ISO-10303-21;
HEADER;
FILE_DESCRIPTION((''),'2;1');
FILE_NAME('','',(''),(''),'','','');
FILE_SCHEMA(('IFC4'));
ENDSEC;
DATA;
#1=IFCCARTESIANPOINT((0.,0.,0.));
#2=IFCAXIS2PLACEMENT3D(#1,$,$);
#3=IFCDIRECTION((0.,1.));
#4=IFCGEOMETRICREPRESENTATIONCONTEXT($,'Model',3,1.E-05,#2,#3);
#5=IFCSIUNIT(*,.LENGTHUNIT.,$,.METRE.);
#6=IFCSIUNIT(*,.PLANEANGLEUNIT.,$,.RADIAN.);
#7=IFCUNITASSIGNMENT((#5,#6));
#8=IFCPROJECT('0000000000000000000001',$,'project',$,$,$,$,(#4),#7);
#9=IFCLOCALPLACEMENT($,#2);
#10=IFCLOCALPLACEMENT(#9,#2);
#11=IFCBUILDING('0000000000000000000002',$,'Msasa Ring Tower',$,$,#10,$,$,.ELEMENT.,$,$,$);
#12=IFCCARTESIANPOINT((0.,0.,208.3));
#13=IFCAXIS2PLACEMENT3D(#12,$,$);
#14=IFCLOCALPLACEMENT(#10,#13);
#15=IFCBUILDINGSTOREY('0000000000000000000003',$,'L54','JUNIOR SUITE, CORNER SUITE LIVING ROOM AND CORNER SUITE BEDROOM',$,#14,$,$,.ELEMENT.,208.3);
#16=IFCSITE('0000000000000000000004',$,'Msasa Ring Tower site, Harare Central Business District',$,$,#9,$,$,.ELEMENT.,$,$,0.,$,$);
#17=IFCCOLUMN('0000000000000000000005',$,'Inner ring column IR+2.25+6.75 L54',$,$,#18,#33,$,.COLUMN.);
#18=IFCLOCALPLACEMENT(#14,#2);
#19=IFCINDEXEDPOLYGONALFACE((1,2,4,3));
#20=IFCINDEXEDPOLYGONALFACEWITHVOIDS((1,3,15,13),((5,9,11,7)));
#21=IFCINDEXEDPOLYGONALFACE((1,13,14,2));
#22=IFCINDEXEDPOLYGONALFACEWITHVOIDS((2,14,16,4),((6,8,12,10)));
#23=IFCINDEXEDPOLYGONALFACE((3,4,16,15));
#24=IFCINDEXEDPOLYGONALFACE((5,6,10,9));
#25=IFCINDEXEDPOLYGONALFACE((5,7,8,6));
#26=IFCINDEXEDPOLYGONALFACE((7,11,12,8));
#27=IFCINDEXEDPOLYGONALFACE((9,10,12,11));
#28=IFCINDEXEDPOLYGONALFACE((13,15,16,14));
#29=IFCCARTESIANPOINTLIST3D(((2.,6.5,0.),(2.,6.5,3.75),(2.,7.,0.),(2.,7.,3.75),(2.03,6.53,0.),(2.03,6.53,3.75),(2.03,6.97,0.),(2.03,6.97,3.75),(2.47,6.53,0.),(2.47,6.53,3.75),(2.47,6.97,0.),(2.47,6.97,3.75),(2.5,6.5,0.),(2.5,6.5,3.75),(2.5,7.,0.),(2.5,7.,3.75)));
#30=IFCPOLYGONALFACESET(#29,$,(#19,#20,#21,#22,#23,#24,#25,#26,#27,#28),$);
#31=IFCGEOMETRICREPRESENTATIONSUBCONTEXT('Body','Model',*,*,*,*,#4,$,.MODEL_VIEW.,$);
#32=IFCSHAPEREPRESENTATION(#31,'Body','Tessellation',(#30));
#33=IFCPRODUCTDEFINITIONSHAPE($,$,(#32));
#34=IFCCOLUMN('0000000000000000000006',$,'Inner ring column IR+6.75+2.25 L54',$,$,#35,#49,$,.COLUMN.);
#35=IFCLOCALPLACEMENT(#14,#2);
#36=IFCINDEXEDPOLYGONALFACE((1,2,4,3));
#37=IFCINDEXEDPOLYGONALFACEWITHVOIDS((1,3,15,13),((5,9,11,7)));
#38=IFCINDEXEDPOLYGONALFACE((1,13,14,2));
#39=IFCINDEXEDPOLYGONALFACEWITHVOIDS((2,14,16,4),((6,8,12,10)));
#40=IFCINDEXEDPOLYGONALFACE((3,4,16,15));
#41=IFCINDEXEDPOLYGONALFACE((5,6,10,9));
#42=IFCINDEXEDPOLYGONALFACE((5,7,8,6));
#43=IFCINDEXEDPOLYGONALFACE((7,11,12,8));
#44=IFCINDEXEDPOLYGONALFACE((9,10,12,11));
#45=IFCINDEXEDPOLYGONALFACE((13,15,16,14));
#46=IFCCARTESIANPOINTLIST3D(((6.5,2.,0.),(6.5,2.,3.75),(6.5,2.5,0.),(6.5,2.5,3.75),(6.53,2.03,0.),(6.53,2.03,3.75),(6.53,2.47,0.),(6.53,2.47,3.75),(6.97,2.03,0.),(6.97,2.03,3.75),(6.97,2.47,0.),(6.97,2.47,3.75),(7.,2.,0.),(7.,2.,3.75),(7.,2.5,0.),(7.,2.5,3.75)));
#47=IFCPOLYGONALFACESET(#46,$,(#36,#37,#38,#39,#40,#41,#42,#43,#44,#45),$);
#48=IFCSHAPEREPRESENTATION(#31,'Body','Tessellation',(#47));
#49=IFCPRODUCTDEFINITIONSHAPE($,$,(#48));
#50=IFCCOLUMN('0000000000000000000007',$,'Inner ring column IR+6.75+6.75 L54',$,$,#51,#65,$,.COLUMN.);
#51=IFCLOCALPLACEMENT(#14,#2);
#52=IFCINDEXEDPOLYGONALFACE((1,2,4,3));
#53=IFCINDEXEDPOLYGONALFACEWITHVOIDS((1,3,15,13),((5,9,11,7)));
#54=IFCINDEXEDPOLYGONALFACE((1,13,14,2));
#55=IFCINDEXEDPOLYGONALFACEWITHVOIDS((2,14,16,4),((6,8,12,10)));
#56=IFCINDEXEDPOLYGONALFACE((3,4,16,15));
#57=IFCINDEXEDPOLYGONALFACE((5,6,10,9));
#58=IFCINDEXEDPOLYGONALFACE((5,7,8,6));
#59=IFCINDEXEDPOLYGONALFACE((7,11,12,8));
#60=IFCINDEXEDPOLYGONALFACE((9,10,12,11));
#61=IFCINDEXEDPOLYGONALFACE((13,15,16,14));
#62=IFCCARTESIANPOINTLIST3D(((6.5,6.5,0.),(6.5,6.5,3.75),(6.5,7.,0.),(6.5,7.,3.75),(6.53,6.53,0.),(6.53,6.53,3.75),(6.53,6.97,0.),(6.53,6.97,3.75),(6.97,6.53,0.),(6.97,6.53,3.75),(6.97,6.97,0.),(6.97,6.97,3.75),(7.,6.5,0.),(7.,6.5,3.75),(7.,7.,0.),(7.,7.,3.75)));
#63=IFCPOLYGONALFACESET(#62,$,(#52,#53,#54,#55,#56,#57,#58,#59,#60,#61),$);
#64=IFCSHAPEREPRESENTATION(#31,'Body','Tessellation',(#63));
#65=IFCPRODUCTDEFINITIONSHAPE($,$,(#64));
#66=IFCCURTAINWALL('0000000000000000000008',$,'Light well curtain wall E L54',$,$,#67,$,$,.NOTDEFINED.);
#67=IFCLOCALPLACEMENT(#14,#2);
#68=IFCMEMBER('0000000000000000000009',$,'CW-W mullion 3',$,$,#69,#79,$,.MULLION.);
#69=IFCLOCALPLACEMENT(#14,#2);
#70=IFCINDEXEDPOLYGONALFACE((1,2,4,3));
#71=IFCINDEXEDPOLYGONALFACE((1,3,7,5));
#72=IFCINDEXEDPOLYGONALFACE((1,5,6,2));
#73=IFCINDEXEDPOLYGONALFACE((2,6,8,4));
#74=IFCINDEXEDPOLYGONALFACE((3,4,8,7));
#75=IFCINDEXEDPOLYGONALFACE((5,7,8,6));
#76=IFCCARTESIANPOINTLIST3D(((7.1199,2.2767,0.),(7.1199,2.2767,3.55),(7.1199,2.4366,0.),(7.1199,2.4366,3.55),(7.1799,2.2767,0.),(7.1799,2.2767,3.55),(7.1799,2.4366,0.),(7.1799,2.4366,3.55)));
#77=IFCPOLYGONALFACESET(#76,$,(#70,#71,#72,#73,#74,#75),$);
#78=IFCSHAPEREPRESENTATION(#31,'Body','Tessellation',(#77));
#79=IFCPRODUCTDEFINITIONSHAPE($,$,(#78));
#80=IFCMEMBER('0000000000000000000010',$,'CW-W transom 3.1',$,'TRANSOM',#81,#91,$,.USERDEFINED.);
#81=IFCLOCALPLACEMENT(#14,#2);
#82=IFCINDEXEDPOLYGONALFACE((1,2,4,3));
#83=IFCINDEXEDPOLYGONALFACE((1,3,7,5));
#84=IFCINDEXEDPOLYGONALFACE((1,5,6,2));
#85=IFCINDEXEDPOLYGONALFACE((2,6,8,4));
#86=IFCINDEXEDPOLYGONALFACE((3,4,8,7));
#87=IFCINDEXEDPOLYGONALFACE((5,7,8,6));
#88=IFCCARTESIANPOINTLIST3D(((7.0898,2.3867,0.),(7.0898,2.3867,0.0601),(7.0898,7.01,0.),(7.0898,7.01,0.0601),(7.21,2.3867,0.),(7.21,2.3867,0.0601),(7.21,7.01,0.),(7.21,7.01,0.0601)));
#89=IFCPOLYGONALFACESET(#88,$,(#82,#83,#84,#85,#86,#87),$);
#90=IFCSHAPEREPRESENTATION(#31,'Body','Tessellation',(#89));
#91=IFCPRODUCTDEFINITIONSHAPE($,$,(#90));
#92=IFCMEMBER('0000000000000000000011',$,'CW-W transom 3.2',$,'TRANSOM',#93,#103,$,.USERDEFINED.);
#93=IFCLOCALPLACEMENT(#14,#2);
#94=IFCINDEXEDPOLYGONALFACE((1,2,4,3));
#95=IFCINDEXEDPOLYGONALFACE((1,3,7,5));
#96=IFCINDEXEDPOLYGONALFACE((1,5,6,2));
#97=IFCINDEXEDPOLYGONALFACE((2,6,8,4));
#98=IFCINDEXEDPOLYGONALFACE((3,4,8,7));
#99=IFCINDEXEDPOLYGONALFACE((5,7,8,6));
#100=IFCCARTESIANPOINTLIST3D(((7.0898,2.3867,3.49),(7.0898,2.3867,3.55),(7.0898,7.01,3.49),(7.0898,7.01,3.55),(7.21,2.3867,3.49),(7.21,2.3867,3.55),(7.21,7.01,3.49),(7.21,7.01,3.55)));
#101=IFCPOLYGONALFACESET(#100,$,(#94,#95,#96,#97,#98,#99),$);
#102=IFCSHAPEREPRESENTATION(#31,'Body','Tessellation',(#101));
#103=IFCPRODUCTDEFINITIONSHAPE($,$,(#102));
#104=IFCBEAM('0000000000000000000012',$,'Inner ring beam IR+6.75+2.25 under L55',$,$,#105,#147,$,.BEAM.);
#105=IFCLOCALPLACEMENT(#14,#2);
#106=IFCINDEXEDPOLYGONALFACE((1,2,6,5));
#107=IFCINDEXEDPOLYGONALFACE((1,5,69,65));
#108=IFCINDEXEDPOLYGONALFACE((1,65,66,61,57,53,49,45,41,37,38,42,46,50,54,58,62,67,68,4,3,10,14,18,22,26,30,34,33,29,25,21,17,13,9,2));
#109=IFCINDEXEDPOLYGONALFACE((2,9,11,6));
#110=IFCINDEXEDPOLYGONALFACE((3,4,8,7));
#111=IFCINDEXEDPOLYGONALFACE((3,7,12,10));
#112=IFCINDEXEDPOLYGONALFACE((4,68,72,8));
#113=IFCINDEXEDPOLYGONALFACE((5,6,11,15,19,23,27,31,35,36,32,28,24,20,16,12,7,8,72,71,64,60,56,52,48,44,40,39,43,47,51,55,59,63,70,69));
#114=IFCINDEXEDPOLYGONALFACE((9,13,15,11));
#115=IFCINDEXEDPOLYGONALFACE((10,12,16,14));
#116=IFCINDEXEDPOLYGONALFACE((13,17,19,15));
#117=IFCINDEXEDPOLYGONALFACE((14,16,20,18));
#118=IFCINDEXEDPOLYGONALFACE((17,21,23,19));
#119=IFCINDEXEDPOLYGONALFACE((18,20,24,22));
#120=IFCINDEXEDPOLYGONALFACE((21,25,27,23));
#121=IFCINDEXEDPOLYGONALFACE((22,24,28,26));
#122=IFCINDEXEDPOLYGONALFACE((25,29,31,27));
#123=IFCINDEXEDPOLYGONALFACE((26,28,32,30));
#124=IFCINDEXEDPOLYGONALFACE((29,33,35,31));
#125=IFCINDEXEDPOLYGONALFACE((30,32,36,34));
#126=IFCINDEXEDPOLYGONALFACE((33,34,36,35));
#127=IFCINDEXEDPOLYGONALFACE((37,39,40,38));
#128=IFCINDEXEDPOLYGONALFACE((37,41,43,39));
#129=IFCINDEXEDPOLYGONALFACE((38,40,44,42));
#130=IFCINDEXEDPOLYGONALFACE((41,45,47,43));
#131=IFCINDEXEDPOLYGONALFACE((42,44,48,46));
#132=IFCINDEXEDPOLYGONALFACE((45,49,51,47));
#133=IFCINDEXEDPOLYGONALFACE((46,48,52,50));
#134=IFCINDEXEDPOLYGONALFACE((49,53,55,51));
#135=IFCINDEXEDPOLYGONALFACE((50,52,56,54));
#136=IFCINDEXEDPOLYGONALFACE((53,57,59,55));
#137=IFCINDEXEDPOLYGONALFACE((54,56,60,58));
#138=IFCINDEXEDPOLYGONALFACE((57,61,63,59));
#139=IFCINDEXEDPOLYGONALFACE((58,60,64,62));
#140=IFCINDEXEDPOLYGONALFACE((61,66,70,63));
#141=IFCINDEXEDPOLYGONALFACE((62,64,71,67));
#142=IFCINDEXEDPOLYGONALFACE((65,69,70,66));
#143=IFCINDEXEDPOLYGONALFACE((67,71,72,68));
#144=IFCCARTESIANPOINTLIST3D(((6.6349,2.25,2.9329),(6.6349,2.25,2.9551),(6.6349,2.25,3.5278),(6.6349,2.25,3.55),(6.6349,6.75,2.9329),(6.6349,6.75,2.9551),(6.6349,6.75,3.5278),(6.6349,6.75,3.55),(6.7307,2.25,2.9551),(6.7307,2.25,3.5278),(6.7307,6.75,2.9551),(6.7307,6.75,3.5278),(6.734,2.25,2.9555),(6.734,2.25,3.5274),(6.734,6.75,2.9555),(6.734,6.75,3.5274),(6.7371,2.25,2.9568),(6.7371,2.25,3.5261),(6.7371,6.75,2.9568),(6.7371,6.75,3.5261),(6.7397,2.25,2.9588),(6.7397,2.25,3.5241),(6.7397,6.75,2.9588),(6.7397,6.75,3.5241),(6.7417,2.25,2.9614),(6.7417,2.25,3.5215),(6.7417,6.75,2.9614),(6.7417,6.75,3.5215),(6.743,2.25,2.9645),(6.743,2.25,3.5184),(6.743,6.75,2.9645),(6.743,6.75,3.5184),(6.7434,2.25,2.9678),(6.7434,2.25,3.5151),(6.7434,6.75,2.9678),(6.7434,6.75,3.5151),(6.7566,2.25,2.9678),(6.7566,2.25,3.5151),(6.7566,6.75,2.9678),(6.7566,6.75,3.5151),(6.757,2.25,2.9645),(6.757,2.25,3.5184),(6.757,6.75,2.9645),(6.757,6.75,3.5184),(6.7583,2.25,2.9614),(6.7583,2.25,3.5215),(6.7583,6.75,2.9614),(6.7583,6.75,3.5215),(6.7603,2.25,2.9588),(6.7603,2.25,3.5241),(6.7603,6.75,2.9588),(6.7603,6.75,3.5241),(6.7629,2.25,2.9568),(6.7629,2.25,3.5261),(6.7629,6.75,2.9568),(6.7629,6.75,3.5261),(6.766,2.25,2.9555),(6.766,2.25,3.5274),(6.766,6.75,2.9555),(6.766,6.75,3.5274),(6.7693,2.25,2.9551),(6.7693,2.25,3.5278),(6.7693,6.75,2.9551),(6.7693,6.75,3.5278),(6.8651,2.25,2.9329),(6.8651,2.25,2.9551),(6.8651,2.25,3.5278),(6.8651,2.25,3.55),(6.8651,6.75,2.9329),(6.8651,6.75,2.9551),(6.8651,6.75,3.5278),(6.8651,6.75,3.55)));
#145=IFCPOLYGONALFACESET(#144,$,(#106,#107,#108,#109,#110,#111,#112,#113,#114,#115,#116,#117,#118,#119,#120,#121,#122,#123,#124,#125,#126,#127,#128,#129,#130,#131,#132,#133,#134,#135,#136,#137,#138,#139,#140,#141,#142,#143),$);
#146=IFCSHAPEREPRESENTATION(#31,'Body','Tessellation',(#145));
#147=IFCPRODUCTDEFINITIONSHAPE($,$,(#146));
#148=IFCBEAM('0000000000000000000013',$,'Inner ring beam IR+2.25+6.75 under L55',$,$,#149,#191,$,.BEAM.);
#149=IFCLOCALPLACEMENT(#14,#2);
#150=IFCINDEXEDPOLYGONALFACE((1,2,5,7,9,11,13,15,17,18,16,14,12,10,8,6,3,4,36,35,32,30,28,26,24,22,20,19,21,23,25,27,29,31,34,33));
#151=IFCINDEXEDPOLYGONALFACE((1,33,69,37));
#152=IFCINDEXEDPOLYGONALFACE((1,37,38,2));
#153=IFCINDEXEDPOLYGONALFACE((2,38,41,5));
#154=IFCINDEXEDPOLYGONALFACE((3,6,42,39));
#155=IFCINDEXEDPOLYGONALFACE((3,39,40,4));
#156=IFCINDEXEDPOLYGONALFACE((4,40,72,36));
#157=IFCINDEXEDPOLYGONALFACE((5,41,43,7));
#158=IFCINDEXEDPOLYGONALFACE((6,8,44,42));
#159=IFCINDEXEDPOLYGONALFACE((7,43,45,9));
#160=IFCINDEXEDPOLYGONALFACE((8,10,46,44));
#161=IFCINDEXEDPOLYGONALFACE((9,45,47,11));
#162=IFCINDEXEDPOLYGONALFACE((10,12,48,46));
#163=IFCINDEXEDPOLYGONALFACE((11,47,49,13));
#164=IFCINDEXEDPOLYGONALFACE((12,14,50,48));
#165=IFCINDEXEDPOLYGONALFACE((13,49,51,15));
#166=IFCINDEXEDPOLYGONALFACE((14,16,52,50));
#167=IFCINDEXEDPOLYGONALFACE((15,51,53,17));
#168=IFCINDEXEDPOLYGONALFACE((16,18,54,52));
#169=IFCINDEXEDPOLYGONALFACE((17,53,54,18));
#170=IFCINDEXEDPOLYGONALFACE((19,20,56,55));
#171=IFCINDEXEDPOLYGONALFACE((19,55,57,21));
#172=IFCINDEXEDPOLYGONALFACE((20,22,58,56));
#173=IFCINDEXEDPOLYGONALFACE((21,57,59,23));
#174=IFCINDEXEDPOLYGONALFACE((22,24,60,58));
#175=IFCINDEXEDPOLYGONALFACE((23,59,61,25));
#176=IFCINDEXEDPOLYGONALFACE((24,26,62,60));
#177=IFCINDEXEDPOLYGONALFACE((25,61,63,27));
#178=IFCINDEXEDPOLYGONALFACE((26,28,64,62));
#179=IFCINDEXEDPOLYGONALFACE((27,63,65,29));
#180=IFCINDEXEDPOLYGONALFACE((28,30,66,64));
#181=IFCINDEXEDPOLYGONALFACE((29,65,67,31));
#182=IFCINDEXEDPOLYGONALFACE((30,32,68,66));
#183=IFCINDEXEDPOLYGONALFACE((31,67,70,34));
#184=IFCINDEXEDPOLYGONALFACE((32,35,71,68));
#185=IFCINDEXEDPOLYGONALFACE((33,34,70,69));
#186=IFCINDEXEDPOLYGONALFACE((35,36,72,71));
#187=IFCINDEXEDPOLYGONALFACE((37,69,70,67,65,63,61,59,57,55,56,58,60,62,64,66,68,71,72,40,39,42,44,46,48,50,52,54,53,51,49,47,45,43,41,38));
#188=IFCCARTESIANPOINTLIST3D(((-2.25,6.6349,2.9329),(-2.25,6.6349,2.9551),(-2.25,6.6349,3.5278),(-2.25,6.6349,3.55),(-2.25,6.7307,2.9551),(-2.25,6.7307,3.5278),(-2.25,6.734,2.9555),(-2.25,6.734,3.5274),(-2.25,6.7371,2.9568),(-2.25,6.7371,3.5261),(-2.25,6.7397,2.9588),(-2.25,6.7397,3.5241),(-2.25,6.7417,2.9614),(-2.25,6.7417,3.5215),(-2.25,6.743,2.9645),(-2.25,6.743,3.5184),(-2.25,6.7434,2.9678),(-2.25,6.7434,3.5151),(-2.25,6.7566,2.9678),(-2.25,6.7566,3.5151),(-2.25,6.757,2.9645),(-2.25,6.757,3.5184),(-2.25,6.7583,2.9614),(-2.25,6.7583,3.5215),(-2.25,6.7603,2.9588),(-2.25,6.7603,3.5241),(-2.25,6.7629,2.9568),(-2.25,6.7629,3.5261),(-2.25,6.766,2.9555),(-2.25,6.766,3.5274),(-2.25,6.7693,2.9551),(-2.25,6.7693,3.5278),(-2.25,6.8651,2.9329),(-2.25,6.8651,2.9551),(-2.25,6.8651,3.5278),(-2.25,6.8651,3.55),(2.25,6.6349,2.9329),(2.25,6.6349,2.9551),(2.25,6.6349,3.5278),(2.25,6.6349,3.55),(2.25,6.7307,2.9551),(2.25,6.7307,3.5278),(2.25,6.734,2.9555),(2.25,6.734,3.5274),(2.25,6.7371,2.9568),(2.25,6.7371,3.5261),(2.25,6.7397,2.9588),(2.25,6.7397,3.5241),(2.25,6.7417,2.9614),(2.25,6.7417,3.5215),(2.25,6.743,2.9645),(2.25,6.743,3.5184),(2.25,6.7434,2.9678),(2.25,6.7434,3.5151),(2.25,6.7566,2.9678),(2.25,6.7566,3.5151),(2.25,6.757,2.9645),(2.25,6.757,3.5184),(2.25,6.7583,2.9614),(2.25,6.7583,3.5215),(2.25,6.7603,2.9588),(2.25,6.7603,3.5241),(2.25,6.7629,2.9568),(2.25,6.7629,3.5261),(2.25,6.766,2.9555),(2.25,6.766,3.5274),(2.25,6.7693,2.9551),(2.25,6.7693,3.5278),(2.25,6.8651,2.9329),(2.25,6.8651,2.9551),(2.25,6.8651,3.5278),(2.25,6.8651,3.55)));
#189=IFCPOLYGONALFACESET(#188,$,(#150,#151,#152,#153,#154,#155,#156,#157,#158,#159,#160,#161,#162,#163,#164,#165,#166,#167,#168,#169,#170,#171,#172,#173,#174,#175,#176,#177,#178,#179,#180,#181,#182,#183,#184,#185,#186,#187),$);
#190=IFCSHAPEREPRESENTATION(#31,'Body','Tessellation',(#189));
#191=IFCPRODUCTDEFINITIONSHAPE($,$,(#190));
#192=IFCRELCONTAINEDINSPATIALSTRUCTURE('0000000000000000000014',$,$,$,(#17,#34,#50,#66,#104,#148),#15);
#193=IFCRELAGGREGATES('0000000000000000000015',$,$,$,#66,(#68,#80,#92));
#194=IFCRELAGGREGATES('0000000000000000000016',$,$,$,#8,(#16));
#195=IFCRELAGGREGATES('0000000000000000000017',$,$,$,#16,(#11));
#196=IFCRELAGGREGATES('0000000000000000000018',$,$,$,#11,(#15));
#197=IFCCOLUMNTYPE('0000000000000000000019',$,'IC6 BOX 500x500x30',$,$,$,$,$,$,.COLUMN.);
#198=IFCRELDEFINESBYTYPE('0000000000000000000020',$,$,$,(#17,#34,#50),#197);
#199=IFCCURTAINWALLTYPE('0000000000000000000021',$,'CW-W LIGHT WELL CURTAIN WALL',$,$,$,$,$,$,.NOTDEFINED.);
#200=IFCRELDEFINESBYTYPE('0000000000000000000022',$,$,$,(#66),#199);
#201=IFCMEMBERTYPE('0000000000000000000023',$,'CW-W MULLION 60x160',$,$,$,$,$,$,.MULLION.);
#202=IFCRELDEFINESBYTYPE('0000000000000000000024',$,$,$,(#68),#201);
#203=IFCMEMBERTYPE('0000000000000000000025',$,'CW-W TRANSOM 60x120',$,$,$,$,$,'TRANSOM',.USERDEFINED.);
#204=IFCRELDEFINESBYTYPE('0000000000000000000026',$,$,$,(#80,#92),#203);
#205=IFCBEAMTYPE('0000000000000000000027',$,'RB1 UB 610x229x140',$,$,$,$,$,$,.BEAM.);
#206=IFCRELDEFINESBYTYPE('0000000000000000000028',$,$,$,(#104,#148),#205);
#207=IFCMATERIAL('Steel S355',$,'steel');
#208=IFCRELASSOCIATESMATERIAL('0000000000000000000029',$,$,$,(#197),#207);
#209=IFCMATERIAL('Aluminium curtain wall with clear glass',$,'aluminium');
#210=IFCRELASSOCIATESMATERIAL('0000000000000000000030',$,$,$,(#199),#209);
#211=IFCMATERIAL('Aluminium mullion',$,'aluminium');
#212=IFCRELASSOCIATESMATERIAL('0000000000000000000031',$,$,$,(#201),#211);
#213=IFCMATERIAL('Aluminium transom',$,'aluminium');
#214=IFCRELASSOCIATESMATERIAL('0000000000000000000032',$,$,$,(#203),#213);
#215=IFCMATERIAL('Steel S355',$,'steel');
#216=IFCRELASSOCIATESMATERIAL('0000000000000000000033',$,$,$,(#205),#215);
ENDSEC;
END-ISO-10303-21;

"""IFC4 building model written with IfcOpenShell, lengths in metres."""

from ifc_helpers import new_model, si_unit, direction, frame, origin, origin_2d, place, context, subcontext, project, spatial, rectangle, hollow_rectangle, i_section, extrude, material, material_profile, profile_set, type_object, element, aggregate, save


model = new_model("IFC4")

# Units and contexts
model_context = context("Model", 3, precision=1e-05, world=origin(), true_north=direction((0.0, 1.0)))
body_context = subcontext(model_context, "Body", "Model", "MODEL_VIEW")
ifc_project = project(units=[si_unit("LENGTHUNIT", "METRE"), si_unit("PLANEANGLEUNIT", "RADIAN")], contexts=[model_context])

# Site, building, storey
site_placement = place(None, origin())
site = spatial("IfcSite", under=ifc_project, at=site_placement, Name="Msasa Ring Tower site, Harare Central Business District", CompositionType="ELEMENT", RefElevation=0.0)
building_placement = place(site_placement, origin())
building = spatial("IfcBuilding", under=site, at=building_placement, Name="Msasa Ring Tower", CompositionType="ELEMENT")
storey_placement = place(building_placement, frame((0.0, 0.0, 208.3)))
storey = spatial("IfcBuildingStorey", under=building, at=storey_placement, Name="L54", Description="JUNIOR SUITE, CORNER SUITE LIVING ROOM AND CORNER SUITE BEDROOM", CompositionType="ELEMENT", Elevation=208.3)

# Columns
ifc_material_1 = material(Name="Steel S355", Category="steel")
ifc_material_profile_1 = material_profile(ifc_material_1, hollow_rectangle(XDim=0.5, YDim=0.5, WallThickness=0.03, at=origin_2d()), Name="BOX 500x500x30")
ifc_profile_set_1 = profile_set([ifc_material_profile_1], Name="Steel S355")
column_type = type_object("IfcColumnType", Name="IC6 BOX 500x500x30", PredefinedType="COLUMN", material=ifc_profile_set_1)
for number, where, z_axis, x_axis, name in (
    (1, (2.25, 6.75, 0.0), (0.0, 0.0, 1.0), (1.0, 0.0, 0.0), "Inner ring column IR+2.25+6.75 L54"),
    (2, (6.75, 2.25, 0.0), (0.0, 0.0, 1.0), (1.0, 0.0, 0.0), "Inner ring column IR+6.75+2.25 L54"),
    (3, (6.75, 6.75, 0.0), (0.0, 0.0, 1.0), (1.0, 0.0, 0.0), "Inner ring column IR+6.75+6.75 L54"),
):
    element("IfcColumn", number, at=place(storey_placement, frame(where, z_axis=z_axis, x_axis=x_axis)), inside=storey, type_object=column_type, Name=name, PredefinedType="COLUMN", context=body_context, shape_type="SweptSolid", body=[
        extrude(hollow_rectangle(XDim=0.5, YDim=0.5, WallThickness=0.03, at=origin_2d()), origin(), (0.0, 0.0, 1.0), 3.75),
    ])

# Curtain wall, members
ifc_material_2 = material(Name="Aluminium curtain wall with clear glass", Category="aluminium")
curtain_wall_type = type_object("IfcCurtainWallType", Name="CW-W LIGHT WELL CURTAIN WALL", PredefinedType="NOTDEFINED", material=ifc_material_2)
curtain_wall_placement = place(storey_placement, origin())
curtain_wall = element("IfcCurtainWall", 4, at=curtain_wall_placement, inside=storey, type_object=curtain_wall_type, Name="Light well curtain wall E L54", PredefinedType="NOTDEFINED")
ifc_material_3 = material(Name="Aluminium mullion", Category="aluminium")
ifc_material_profile_2 = material_profile(ifc_material_3, rectangle(XDim=0.0601, YDim=0.1599, at=origin_2d()), Name="AL 60x160")
ifc_profile_set_2 = profile_set([ifc_material_profile_2], Name="Aluminium mullion")
member_type_1 = type_object("IfcMemberType", Name="CW-W MULLION 60x160", PredefinedType="MULLION", material=ifc_profile_set_2)
member_1_placement = place(storey_placement, frame((7.1499, 2.3567, 0.0), z_axis=(0.0, 0.0, 1.0), x_axis=(-1.0, 0.0, 0.0)))
member_1 = element("IfcMember", 5, at=member_1_placement, type_object=member_type_1, Name="CW-W mullion 3", PredefinedType="MULLION", context=body_context, shape_type="SweptSolid", body=[
    extrude(rectangle(XDim=0.0601, YDim=0.1599, at=origin_2d()), origin(), (0.0, 0.0, 1.0), 3.55),
])
ifc_material_4 = material(Name="Aluminium transom", Category="aluminium")
ifc_material_profile_3 = material_profile(ifc_material_4, rectangle(XDim=0.1201, YDim=0.0601, at=origin_2d()), Name="AL 60x120")
ifc_profile_set_3 = profile_set([ifc_material_profile_3], Name="Aluminium transom")
member_type_2 = type_object("IfcMemberType", Name="CW-W TRANSOM 60x120", ElementType="TRANSOM", PredefinedType="USERDEFINED", material=ifc_profile_set_3)
member_2_placement = place(storey_placement, frame((7.1499, 2.3867, 0.03), z_axis=(0.0, 1.0, 0.0), x_axis=(-1.0, 0.0, 0.0)))
member_2 = element("IfcMember", 6, at=member_2_placement, type_object=member_type_2, Name="CW-W transom 3.1", ObjectType="TRANSOM", PredefinedType="USERDEFINED", context=body_context, shape_type="SweptSolid", body=[
    extrude(rectangle(XDim=0.1201, YDim=0.0601, at=origin_2d()), origin(), (0.0, 0.0, 1.0), 4.6233),
])
member_3_placement = place(storey_placement, frame((7.1499, 2.3867, 3.52), z_axis=(0.0, 1.0, 0.0), x_axis=(-1.0, 0.0, 0.0)))
member_3 = element("IfcMember", 7, at=member_3_placement, type_object=member_type_2, Name="CW-W transom 3.2", ObjectType="TRANSOM", PredefinedType="USERDEFINED", context=body_context, shape_type="SweptSolid", body=[
    extrude(rectangle(XDim=0.1201, YDim=0.0601, at=origin_2d()), origin(), (0.0, 0.0, 1.0), 4.6233),
])

# Beams
ifc_material_5 = material(Name="Steel S355", Category="steel")
ifc_material_profile_4 = material_profile(ifc_material_5, i_section(OverallWidth=0.2302, OverallDepth=0.6172, WebThickness=0.0132, FlangeThickness=0.0222, FilletRadius=0.0127, at=origin_2d()), Name="UB 610x229x140")
ifc_profile_set_4 = profile_set([ifc_material_profile_4], Name="Steel S355")
beam_type = type_object("IfcBeamType", Name="RB1 UB 610x229x140", PredefinedType="BEAM", material=ifc_profile_set_4)
for number, where, z_axis, x_axis, name in (
    (8, (6.75, 2.25, 3.2415), (0.0, 1.0, 0.0), (-1.0, 0.0, 0.0), "Inner ring beam IR+6.75+2.25 under L55"),
    (9, (2.25, 6.75, 3.2415), (-1.0, 0.0, 0.0), (0.0, -1.0, 0.0), "Inner ring beam IR+2.25+6.75 under L55"),
):
    element("IfcBeam", number, at=place(storey_placement, frame(where, z_axis=z_axis, x_axis=x_axis)), inside=storey, type_object=beam_type, Name=name, PredefinedType="BEAM", context=body_context, shape_type="SweptSolid", body=[
        extrude(i_section(OverallWidth=0.2302, OverallDepth=0.6172, WebThickness=0.0132, FlangeThickness=0.0222, FilletRadius=0.0127, at=origin_2d()), origin(), (0.0, 0.0, 1.0), 4.5),
    ])

aggregate(curtain_wall, [member_1, member_2, member_3])

save(model, "model.ifc")
